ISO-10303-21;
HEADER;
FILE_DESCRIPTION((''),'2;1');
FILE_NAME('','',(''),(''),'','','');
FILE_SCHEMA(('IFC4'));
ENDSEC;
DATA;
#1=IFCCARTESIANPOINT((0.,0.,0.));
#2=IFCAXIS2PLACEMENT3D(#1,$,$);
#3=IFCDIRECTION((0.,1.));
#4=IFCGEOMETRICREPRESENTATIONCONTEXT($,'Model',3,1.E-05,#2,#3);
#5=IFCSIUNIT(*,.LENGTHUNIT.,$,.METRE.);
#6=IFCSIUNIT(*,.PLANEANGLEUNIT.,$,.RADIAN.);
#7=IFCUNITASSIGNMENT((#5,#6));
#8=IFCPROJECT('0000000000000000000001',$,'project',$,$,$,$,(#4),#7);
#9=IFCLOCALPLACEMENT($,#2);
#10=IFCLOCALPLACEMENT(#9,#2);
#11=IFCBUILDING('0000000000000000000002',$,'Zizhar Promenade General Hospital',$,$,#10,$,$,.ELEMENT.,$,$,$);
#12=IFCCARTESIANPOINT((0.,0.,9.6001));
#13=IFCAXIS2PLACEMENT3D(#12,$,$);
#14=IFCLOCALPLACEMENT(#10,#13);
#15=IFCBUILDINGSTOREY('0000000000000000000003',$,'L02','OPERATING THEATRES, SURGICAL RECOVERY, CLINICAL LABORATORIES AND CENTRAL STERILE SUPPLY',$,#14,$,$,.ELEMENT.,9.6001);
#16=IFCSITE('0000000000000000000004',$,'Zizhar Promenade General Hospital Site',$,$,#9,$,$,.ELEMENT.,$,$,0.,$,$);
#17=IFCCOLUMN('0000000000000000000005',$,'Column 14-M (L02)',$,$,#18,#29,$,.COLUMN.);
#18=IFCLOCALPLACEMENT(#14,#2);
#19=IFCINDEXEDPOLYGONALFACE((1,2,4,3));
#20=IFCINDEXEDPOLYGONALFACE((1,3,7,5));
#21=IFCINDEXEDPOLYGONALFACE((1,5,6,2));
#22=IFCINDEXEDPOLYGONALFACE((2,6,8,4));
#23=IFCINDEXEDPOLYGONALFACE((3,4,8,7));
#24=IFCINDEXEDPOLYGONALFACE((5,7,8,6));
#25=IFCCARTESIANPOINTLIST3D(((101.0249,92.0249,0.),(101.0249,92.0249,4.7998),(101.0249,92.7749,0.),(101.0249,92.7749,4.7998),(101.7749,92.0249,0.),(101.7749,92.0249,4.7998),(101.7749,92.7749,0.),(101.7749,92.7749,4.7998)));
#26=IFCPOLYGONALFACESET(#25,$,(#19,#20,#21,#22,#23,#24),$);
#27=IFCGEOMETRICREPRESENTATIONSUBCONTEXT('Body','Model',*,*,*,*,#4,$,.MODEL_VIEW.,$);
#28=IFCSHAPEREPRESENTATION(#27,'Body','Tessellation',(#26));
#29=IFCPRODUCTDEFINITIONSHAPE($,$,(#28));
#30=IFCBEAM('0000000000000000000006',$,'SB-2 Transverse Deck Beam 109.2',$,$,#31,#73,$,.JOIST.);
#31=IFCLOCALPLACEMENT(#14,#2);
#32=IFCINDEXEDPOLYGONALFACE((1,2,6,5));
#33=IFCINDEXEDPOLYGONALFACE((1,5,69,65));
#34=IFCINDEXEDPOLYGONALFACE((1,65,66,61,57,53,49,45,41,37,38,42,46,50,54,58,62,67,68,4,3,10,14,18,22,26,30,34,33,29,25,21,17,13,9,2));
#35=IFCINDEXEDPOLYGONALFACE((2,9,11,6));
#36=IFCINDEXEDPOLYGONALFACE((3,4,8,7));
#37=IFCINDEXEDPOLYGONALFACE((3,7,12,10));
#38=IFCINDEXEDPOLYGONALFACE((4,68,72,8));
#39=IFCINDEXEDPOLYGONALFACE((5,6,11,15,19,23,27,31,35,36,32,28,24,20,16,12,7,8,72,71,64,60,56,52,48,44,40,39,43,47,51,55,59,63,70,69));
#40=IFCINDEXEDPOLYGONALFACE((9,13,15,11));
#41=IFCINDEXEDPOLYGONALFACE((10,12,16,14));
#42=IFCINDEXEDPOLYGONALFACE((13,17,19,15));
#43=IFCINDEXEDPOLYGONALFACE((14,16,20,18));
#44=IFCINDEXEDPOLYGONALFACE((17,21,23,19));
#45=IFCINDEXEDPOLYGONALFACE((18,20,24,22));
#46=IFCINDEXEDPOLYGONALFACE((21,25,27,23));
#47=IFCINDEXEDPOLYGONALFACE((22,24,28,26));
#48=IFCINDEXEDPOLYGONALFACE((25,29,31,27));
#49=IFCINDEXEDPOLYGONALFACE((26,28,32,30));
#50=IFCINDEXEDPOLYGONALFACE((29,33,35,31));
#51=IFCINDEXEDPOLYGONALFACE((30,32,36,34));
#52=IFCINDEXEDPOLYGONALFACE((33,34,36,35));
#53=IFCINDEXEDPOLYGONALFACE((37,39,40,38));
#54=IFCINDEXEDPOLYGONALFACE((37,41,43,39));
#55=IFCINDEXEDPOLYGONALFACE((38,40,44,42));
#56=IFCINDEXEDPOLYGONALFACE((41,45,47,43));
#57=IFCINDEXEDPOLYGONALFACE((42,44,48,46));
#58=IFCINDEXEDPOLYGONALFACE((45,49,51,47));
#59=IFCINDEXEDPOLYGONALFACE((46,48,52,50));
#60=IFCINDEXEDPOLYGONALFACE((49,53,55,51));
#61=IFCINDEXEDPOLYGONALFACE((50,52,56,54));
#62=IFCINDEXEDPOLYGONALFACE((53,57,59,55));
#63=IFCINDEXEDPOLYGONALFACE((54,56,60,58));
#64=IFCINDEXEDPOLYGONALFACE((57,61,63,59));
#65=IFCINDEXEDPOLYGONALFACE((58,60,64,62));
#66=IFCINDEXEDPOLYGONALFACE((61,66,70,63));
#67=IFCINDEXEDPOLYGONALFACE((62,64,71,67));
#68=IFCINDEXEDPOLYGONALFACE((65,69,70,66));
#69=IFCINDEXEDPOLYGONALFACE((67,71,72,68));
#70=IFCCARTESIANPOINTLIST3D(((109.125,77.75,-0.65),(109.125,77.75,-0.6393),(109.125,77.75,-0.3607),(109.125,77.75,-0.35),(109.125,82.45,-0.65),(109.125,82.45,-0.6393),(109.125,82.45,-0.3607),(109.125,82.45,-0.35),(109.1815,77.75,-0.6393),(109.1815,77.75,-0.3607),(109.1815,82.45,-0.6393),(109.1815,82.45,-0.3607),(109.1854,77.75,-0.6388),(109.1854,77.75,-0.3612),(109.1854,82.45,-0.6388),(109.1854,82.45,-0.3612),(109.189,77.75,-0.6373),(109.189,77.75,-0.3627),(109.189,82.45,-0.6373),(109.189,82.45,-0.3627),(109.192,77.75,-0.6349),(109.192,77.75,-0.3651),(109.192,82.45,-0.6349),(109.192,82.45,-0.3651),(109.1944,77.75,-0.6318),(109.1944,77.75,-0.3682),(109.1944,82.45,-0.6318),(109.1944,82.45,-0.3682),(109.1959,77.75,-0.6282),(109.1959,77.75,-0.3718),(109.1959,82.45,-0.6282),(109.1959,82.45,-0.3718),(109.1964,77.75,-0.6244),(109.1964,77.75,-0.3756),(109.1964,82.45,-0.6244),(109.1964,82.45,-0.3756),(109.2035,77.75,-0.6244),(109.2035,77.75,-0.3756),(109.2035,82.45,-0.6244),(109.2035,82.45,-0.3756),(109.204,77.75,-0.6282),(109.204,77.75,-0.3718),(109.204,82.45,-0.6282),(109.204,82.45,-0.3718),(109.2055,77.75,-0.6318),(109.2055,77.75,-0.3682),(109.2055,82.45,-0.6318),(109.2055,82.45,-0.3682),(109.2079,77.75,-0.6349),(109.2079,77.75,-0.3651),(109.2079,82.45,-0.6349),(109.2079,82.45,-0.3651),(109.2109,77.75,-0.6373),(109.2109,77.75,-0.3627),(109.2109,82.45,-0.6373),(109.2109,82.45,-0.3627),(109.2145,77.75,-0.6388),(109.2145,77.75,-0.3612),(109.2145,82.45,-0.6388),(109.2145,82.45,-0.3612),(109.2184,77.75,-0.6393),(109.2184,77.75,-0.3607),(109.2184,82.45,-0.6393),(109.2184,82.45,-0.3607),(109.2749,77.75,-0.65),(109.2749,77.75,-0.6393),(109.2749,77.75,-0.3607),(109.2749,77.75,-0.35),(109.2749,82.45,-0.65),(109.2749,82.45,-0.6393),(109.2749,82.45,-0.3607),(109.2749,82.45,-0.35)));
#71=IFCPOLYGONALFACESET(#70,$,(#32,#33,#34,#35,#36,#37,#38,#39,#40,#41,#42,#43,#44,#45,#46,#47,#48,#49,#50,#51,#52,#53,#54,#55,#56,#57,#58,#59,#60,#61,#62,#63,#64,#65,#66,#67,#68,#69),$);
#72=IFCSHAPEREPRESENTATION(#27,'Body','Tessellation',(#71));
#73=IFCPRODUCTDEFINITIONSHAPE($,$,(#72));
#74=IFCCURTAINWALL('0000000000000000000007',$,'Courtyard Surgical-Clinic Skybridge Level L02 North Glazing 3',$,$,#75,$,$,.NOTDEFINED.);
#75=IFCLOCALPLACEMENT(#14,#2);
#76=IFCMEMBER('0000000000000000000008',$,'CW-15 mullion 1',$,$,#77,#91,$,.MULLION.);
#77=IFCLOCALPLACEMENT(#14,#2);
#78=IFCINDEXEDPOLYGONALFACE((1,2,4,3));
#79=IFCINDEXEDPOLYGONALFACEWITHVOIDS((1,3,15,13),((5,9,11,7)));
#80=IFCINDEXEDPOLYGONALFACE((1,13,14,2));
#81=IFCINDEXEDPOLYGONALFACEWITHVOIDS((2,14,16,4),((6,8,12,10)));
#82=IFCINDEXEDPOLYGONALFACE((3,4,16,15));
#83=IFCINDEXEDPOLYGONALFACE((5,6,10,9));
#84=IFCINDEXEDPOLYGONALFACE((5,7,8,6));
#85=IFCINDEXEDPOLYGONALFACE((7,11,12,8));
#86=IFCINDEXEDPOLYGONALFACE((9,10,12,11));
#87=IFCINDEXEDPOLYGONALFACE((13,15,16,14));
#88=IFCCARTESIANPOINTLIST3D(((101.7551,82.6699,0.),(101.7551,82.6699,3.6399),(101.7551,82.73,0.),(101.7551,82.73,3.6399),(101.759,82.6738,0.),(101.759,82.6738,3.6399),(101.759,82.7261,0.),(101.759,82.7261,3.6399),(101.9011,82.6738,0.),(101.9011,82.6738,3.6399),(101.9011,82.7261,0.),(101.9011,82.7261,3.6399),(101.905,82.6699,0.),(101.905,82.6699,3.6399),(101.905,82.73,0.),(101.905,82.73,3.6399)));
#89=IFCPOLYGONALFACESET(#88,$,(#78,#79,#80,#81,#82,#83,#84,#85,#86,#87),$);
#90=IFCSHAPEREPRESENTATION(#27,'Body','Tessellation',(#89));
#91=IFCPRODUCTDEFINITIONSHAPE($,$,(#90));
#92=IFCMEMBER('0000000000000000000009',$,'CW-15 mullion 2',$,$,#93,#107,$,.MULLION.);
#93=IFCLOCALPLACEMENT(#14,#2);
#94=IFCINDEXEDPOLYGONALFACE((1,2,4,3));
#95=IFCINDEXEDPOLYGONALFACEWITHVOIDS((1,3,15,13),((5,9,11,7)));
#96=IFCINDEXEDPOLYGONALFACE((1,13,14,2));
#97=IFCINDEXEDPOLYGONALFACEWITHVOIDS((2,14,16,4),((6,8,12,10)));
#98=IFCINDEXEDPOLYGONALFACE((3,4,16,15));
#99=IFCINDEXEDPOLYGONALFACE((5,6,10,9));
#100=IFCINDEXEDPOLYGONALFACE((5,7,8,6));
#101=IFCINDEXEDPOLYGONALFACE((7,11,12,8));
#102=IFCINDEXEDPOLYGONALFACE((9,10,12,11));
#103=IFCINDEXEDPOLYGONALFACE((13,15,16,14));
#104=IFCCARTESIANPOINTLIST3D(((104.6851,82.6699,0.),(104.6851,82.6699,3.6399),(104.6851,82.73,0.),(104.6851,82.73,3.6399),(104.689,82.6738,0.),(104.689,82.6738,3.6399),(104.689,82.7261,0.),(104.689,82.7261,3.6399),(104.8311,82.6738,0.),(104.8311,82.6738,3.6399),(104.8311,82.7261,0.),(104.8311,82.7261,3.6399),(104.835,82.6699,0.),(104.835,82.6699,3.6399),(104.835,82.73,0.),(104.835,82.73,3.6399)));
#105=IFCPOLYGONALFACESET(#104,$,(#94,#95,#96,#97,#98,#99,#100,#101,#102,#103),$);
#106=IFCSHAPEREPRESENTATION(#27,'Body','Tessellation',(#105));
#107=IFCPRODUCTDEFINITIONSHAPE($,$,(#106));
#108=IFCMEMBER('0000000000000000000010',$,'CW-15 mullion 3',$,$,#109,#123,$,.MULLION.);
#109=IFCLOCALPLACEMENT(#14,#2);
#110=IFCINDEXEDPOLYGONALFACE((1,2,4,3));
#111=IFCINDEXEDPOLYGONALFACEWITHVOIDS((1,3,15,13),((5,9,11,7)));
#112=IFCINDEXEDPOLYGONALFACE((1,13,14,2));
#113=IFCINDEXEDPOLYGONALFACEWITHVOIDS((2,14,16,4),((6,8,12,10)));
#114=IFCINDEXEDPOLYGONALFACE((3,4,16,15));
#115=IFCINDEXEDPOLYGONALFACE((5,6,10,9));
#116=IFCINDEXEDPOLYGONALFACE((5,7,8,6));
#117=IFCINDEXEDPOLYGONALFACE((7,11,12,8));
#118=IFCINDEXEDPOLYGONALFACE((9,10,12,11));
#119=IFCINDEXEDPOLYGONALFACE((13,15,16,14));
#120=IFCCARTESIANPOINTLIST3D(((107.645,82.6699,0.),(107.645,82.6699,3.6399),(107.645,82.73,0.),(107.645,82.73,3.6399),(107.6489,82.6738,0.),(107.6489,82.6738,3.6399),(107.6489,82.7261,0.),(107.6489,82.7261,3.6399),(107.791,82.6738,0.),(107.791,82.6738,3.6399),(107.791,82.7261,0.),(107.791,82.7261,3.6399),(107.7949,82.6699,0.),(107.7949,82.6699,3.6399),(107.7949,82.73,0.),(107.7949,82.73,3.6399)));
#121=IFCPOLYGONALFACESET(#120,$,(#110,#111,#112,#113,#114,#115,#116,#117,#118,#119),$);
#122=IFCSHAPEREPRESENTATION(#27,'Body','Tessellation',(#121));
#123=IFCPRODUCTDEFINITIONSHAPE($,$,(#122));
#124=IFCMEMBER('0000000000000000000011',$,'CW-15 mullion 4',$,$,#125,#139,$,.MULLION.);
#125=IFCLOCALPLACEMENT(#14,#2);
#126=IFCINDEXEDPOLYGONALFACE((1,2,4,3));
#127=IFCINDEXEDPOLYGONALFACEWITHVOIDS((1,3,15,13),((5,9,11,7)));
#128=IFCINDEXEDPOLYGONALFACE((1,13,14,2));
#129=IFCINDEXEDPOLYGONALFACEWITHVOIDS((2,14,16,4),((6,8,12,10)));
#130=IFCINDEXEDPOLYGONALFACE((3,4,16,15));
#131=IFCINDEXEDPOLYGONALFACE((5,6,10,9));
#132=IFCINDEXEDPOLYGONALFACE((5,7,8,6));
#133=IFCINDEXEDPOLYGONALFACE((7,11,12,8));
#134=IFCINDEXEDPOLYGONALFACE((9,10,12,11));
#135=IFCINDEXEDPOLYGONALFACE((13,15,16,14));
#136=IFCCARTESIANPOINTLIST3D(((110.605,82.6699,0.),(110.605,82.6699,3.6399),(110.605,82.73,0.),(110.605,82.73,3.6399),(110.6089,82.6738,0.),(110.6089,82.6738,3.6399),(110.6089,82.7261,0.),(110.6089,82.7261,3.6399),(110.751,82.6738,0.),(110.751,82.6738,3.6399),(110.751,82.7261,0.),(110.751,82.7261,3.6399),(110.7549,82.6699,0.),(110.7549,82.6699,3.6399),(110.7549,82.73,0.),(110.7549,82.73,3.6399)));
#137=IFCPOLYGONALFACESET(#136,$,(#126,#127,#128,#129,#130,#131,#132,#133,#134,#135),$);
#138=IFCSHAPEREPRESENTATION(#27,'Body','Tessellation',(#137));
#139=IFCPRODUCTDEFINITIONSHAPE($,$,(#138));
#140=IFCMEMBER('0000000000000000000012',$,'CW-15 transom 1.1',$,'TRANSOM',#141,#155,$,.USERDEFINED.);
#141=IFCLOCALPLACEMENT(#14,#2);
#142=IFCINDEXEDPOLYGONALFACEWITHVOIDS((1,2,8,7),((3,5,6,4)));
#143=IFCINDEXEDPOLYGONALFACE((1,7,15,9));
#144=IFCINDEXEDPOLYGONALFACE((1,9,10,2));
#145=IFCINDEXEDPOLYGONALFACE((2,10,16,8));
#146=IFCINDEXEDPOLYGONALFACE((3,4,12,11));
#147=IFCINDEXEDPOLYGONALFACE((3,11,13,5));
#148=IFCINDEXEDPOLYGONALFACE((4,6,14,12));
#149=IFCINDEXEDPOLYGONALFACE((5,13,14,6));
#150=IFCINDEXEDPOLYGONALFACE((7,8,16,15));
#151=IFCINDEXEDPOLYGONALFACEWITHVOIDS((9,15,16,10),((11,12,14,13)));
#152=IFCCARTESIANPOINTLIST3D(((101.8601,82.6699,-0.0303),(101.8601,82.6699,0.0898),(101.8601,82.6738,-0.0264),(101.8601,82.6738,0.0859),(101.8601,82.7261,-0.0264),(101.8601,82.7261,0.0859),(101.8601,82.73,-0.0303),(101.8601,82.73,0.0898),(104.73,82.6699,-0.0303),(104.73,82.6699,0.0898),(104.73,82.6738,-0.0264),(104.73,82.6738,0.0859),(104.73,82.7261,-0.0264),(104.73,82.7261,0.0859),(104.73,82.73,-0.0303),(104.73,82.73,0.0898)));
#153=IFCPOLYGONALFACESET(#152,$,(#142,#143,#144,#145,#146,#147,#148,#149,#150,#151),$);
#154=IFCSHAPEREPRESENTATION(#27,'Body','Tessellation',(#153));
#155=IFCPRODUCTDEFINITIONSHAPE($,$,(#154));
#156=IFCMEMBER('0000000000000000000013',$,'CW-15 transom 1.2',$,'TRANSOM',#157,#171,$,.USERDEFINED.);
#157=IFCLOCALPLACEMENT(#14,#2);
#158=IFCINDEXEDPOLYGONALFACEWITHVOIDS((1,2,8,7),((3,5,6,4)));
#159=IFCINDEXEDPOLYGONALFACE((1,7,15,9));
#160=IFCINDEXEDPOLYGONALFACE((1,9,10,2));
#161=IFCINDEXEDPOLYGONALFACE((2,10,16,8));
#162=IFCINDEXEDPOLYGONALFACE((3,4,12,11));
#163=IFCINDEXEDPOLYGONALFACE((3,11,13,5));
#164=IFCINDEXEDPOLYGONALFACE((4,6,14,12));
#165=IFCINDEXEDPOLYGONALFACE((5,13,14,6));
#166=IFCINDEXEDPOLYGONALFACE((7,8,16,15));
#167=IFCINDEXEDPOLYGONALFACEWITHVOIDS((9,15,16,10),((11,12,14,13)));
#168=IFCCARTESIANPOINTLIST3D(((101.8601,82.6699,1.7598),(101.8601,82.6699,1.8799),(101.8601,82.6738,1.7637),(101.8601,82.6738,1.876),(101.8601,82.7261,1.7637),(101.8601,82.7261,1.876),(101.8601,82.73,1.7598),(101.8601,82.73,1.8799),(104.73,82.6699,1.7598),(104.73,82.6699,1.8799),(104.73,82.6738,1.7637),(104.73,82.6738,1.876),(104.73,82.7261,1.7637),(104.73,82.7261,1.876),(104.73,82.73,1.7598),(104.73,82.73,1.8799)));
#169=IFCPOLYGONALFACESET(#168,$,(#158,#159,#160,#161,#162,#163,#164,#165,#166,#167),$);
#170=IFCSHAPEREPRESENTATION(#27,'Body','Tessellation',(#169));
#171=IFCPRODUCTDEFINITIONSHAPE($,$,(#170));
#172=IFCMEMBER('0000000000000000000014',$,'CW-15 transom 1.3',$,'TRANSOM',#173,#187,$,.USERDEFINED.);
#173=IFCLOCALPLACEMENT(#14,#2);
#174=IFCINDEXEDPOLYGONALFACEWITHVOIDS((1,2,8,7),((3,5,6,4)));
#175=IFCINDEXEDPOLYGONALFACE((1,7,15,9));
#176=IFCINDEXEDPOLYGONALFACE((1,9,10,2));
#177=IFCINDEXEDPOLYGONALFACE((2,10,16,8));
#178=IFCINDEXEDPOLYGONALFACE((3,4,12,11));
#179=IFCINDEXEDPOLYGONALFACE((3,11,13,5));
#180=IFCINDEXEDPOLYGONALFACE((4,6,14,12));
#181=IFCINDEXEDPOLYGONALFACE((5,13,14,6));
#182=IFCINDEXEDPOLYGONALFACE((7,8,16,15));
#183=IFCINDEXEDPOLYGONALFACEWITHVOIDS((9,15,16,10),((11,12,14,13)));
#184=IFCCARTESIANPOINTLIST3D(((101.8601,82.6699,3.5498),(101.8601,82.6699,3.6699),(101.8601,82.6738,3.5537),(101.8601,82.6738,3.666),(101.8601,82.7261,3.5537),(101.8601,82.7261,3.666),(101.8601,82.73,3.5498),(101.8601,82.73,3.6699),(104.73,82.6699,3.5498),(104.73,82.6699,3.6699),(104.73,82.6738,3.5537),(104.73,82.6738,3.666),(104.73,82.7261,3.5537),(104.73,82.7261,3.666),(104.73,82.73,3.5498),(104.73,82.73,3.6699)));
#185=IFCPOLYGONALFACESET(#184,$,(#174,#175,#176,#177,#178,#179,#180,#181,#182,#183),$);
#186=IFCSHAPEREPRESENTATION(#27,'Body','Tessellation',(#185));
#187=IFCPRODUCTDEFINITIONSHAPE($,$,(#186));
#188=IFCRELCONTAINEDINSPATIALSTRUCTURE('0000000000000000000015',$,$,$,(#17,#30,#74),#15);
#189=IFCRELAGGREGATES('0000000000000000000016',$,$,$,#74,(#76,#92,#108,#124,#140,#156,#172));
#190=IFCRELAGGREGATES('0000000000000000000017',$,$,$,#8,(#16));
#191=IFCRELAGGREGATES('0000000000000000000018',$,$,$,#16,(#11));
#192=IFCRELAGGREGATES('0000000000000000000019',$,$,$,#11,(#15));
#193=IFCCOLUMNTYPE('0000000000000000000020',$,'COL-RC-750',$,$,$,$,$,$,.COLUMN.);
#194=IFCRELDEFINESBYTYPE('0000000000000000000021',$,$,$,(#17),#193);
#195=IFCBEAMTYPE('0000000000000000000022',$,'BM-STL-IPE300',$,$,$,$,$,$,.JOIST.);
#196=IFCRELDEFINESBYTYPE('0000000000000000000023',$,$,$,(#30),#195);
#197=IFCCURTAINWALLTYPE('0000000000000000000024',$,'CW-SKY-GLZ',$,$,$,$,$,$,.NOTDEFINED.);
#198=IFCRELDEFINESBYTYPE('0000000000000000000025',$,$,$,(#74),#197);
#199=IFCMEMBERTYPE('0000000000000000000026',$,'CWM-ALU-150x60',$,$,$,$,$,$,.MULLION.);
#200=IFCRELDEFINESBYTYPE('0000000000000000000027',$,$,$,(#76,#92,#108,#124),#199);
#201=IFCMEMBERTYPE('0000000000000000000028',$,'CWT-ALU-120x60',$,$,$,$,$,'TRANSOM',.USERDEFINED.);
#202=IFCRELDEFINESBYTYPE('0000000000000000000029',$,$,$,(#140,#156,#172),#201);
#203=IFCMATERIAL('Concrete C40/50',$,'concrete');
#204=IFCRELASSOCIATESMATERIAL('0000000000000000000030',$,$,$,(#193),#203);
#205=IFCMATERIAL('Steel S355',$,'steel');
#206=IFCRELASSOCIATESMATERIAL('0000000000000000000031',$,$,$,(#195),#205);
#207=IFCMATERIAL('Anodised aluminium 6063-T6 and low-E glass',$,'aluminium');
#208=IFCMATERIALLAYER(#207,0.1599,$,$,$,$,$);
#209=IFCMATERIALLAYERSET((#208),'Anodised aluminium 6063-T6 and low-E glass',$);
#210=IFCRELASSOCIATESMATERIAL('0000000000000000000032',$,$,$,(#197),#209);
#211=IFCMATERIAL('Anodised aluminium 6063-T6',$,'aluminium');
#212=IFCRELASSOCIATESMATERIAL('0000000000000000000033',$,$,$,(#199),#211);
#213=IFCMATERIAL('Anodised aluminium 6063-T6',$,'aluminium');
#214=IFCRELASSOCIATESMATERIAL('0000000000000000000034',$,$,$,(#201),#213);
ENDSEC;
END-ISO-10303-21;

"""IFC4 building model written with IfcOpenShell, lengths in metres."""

from ifc_helpers import new_model, si_unit, direction, frame, origin, origin_2d, place, context, subcontext, project, spatial, rectangle, hollow_rectangle, i_section, extrude, material, layer, layer_set, material_profile, profile_set, type_object, element, aggregate, save


model = new_model("IFC4")

# Units and contexts
model_context = context("Model", 3, precision=1e-05, world=origin(), true_north=direction((0.0, 1.0)))
body_context = subcontext(model_context, "Body", "Model", "MODEL_VIEW")
ifc_project = project(units=[si_unit("LENGTHUNIT", "METRE"), si_unit("PLANEANGLEUNIT", "RADIAN")], contexts=[model_context])

# Site, building, storey
site_placement = place(None, origin())
site = spatial("IfcSite", under=ifc_project, at=site_placement, Name="Zizhar Promenade General Hospital Site", CompositionType="ELEMENT", RefElevation=0.0)
building_placement = place(site_placement, origin())
building = spatial("IfcBuilding", under=site, at=building_placement, Name="Zizhar Promenade General Hospital", CompositionType="ELEMENT")
storey_placement = place(building_placement, frame((0.0, 0.0, 9.6001)))
storey = spatial("IfcBuildingStorey", under=building, at=storey_placement, Name="L02", Description="OPERATING THEATRES, SURGICAL RECOVERY, CLINICAL LABORATORIES AND CENTRAL STERILE SUPPLY", CompositionType="ELEMENT", Elevation=9.6001)

# Column
ifc_material_1 = material(Name="Concrete C40/50", Category="concrete")
ifc_material_profile_1 = material_profile(ifc_material_1, rectangle(XDim=0.75, YDim=0.75, at=origin_2d()))
ifc_profile_set_1 = profile_set([ifc_material_profile_1], Name="Concrete C40/50")
column_type = type_object("IfcColumnType", Name="COL-RC-750", PredefinedType="COLUMN", material=ifc_profile_set_1)
column_placement = place(storey_placement, frame((101.3999, 92.3999, 0.0), z_axis=(0.0, 0.0, 1.0), x_axis=(1.0, 0.0, 0.0)))
element("IfcColumn", 1, at=column_placement, inside=storey, type_object=column_type, Name="Column 14-M (L02)", PredefinedType="COLUMN", context=body_context, shape_type="SweptSolid", body=[
    extrude(rectangle(XDim=0.75, YDim=0.75, at=origin_2d()), origin(), (0.0, 0.0, 1.0), 4.7998),
])

# Beam
ifc_material_2 = material(Name="Steel S355", Category="steel")
ifc_material_profile_2 = material_profile(ifc_material_2, i_section(OverallWidth=0.1499, OverallDepth=0.3, WebThickness=0.0071, FlangeThickness=0.0107, FilletRadius=0.0149, at=origin_2d()))
ifc_profile_set_2 = profile_set([ifc_material_profile_2], Name="Steel S355")
beam_type = type_object("IfcBeamType", Name="BM-STL-IPE300", PredefinedType="JOIST", material=ifc_profile_set_2)
beam_placement = place(storey_placement, frame((109.2, 77.75, -0.5), z_axis=(0.0, 1.0, 0.0), x_axis=(-1.0, 0.0, 0.0)))
element("IfcBeam", 2, at=beam_placement, inside=storey, type_object=beam_type, Name="SB-2 Transverse Deck Beam 109.2", PredefinedType="JOIST", context=body_context, shape_type="SweptSolid", body=[
    extrude(i_section(OverallWidth=0.1499, OverallDepth=0.3, WebThickness=0.0071, FlangeThickness=0.0107, FilletRadius=0.0149, at=origin_2d()), origin(), (0.0, 0.0, 1.0), 4.7),
])

# Curtain wall, members
ifc_material_3 = material(Name="Anodised aluminium 6063-T6 and low-E glass", Category="aluminium")
ifc_layer_1 = layer(ifc_material_3, 0.1599)
ifc_layer_set_1 = layer_set([ifc_layer_1], Name="Anodised aluminium 6063-T6 and low-E glass")
curtain_wall_type = type_object("IfcCurtainWallType", Name="CW-SKY-GLZ", PredefinedType="NOTDEFINED", material=ifc_layer_set_1)
curtain_wall_placement = place(storey_placement, origin())
curtain_wall = element("IfcCurtainWall", 3, at=curtain_wall_placement, inside=storey, type_object=curtain_wall_type, Name="Courtyard Surgical-Clinic Skybridge Level L02 North Glazing 3", PredefinedType="NOTDEFINED")
ifc_material_4 = material(Name="Anodised aluminium 6063-T6", Category="aluminium")
ifc_material_profile_3 = material_profile(ifc_material_4, hollow_rectangle(XDim=0.0601, YDim=0.1499, WallThickness=0.0039, at=origin_2d()))
ifc_profile_set_3 = profile_set([ifc_material_profile_3], Name="Anodised aluminium 6063-T6")
member_type_1 = type_object("IfcMemberType", Name="CWM-ALU-150x60", PredefinedType="MULLION", material=ifc_profile_set_3)
member_1_placement = place(storey_placement, frame((101.8301, 82.7, 0.0), z_axis=(0.0, 0.0, 1.0), x_axis=(0.0, 1.0, 0.0)))
member_1 = element("IfcMember", 4, at=member_1_placement, type_object=member_type_1, Name="CW-15 mullion 1", PredefinedType="MULLION", context=body_context, shape_type="SweptSolid", body=[
    extrude(hollow_rectangle(XDim=0.0601, YDim=0.1499, WallThickness=0.0039, at=origin_2d()), origin(), (0.0, 0.0, 1.0), 3.6399),
])
member_2_placement = place(storey_placement, frame((104.76, 82.7, 0.0), z_axis=(0.0, 0.0, 1.0), x_axis=(0.0, 1.0, 0.0)))
member_2 = element("IfcMember", 5, at=member_2_placement, type_object=member_type_1, Name="CW-15 mullion 2", PredefinedType="MULLION", context=body_context, shape_type="SweptSolid", body=[
    extrude(hollow_rectangle(XDim=0.0601, YDim=0.1499, WallThickness=0.0039, at=origin_2d()), origin(), (0.0, 0.0, 1.0), 3.6399),
])
member_3_placement = place(storey_placement, frame((107.72, 82.7, 0.0), z_axis=(0.0, 0.0, 1.0), x_axis=(0.0, 1.0, 0.0)))
member_3 = element("IfcMember", 6, at=member_3_placement, type_object=member_type_1, Name="CW-15 mullion 3", PredefinedType="MULLION", context=body_context, shape_type="SweptSolid", body=[
    extrude(hollow_rectangle(XDim=0.0601, YDim=0.1499, WallThickness=0.0039, at=origin_2d()), origin(), (0.0, 0.0, 1.0), 3.6399),
])
member_4_placement = place(storey_placement, frame((110.6799, 82.7, 0.0), z_axis=(0.0, 0.0, 1.0), x_axis=(0.0, 1.0, 0.0)))
member_4 = element("IfcMember", 7, at=member_4_placement, type_object=member_type_1, Name="CW-15 mullion 4", PredefinedType="MULLION", context=body_context, shape_type="SweptSolid", body=[
    extrude(hollow_rectangle(XDim=0.0601, YDim=0.1499, WallThickness=0.0039, at=origin_2d()), origin(), (0.0, 0.0, 1.0), 3.6399),
])
ifc_material_5 = material(Name="Anodised aluminium 6063-T6", Category="aluminium")
ifc_material_profile_4 = material_profile(ifc_material_5, hollow_rectangle(XDim=0.0601, YDim=0.1201, WallThickness=0.0039, at=origin_2d()))
ifc_profile_set_4 = profile_set([ifc_material_profile_4], Name="Anodised aluminium 6063-T6")
member_type_2 = type_object("IfcMemberType", Name="CWT-ALU-120x60", ElementType="TRANSOM", PredefinedType="USERDEFINED", material=ifc_profile_set_4)
member_5_placement = place(storey_placement, frame((101.8601, 82.7, 0.0298), z_axis=(1.0, 0.0, 0.0), x_axis=(0.0, 1.0, 0.0)))
member_5 = element("IfcMember", 8, at=member_5_placement, type_object=member_type_2, Name="CW-15 transom 1.1", ObjectType="TRANSOM", PredefinedType="USERDEFINED", context=body_context, shape_type="SweptSolid", body=[
    extrude(hollow_rectangle(XDim=0.0601, YDim=0.1201, WallThickness=0.0039, at=origin_2d()), origin(), (0.0, 0.0, 1.0), 2.8699),
])
member_6_placement = place(storey_placement, frame((101.8601, 82.7, 1.8198), z_axis=(1.0, 0.0, 0.0), x_axis=(0.0, 1.0, 0.0)))
member_6 = element("IfcMember", 9, at=member_6_placement, type_object=member_type_2, Name="CW-15 transom 1.2", ObjectType="TRANSOM", PredefinedType="USERDEFINED", context=body_context, shape_type="SweptSolid", body=[
    extrude(hollow_rectangle(XDim=0.0601, YDim=0.1201, WallThickness=0.0039, at=origin_2d()), origin(), (0.0, 0.0, 1.0), 2.8699),
])
member_7_placement = place(storey_placement, frame((101.8601, 82.7, 3.6099), z_axis=(1.0, 0.0, 0.0), x_axis=(0.0, 1.0, 0.0)))
member_7 = element("IfcMember", 10, at=member_7_placement, type_object=member_type_2, Name="CW-15 transom 1.3", ObjectType="TRANSOM", PredefinedType="USERDEFINED", context=body_context, shape_type="SweptSolid", body=[
    extrude(hollow_rectangle(XDim=0.0601, YDim=0.1201, WallThickness=0.0039, at=origin_2d()), origin(), (0.0, 0.0, 1.0), 2.8699),
])

aggregate(curtain_wall, [member_1, member_2, member_3, member_4, member_5, member_6, member_7])

save(model, "model.ifc")
